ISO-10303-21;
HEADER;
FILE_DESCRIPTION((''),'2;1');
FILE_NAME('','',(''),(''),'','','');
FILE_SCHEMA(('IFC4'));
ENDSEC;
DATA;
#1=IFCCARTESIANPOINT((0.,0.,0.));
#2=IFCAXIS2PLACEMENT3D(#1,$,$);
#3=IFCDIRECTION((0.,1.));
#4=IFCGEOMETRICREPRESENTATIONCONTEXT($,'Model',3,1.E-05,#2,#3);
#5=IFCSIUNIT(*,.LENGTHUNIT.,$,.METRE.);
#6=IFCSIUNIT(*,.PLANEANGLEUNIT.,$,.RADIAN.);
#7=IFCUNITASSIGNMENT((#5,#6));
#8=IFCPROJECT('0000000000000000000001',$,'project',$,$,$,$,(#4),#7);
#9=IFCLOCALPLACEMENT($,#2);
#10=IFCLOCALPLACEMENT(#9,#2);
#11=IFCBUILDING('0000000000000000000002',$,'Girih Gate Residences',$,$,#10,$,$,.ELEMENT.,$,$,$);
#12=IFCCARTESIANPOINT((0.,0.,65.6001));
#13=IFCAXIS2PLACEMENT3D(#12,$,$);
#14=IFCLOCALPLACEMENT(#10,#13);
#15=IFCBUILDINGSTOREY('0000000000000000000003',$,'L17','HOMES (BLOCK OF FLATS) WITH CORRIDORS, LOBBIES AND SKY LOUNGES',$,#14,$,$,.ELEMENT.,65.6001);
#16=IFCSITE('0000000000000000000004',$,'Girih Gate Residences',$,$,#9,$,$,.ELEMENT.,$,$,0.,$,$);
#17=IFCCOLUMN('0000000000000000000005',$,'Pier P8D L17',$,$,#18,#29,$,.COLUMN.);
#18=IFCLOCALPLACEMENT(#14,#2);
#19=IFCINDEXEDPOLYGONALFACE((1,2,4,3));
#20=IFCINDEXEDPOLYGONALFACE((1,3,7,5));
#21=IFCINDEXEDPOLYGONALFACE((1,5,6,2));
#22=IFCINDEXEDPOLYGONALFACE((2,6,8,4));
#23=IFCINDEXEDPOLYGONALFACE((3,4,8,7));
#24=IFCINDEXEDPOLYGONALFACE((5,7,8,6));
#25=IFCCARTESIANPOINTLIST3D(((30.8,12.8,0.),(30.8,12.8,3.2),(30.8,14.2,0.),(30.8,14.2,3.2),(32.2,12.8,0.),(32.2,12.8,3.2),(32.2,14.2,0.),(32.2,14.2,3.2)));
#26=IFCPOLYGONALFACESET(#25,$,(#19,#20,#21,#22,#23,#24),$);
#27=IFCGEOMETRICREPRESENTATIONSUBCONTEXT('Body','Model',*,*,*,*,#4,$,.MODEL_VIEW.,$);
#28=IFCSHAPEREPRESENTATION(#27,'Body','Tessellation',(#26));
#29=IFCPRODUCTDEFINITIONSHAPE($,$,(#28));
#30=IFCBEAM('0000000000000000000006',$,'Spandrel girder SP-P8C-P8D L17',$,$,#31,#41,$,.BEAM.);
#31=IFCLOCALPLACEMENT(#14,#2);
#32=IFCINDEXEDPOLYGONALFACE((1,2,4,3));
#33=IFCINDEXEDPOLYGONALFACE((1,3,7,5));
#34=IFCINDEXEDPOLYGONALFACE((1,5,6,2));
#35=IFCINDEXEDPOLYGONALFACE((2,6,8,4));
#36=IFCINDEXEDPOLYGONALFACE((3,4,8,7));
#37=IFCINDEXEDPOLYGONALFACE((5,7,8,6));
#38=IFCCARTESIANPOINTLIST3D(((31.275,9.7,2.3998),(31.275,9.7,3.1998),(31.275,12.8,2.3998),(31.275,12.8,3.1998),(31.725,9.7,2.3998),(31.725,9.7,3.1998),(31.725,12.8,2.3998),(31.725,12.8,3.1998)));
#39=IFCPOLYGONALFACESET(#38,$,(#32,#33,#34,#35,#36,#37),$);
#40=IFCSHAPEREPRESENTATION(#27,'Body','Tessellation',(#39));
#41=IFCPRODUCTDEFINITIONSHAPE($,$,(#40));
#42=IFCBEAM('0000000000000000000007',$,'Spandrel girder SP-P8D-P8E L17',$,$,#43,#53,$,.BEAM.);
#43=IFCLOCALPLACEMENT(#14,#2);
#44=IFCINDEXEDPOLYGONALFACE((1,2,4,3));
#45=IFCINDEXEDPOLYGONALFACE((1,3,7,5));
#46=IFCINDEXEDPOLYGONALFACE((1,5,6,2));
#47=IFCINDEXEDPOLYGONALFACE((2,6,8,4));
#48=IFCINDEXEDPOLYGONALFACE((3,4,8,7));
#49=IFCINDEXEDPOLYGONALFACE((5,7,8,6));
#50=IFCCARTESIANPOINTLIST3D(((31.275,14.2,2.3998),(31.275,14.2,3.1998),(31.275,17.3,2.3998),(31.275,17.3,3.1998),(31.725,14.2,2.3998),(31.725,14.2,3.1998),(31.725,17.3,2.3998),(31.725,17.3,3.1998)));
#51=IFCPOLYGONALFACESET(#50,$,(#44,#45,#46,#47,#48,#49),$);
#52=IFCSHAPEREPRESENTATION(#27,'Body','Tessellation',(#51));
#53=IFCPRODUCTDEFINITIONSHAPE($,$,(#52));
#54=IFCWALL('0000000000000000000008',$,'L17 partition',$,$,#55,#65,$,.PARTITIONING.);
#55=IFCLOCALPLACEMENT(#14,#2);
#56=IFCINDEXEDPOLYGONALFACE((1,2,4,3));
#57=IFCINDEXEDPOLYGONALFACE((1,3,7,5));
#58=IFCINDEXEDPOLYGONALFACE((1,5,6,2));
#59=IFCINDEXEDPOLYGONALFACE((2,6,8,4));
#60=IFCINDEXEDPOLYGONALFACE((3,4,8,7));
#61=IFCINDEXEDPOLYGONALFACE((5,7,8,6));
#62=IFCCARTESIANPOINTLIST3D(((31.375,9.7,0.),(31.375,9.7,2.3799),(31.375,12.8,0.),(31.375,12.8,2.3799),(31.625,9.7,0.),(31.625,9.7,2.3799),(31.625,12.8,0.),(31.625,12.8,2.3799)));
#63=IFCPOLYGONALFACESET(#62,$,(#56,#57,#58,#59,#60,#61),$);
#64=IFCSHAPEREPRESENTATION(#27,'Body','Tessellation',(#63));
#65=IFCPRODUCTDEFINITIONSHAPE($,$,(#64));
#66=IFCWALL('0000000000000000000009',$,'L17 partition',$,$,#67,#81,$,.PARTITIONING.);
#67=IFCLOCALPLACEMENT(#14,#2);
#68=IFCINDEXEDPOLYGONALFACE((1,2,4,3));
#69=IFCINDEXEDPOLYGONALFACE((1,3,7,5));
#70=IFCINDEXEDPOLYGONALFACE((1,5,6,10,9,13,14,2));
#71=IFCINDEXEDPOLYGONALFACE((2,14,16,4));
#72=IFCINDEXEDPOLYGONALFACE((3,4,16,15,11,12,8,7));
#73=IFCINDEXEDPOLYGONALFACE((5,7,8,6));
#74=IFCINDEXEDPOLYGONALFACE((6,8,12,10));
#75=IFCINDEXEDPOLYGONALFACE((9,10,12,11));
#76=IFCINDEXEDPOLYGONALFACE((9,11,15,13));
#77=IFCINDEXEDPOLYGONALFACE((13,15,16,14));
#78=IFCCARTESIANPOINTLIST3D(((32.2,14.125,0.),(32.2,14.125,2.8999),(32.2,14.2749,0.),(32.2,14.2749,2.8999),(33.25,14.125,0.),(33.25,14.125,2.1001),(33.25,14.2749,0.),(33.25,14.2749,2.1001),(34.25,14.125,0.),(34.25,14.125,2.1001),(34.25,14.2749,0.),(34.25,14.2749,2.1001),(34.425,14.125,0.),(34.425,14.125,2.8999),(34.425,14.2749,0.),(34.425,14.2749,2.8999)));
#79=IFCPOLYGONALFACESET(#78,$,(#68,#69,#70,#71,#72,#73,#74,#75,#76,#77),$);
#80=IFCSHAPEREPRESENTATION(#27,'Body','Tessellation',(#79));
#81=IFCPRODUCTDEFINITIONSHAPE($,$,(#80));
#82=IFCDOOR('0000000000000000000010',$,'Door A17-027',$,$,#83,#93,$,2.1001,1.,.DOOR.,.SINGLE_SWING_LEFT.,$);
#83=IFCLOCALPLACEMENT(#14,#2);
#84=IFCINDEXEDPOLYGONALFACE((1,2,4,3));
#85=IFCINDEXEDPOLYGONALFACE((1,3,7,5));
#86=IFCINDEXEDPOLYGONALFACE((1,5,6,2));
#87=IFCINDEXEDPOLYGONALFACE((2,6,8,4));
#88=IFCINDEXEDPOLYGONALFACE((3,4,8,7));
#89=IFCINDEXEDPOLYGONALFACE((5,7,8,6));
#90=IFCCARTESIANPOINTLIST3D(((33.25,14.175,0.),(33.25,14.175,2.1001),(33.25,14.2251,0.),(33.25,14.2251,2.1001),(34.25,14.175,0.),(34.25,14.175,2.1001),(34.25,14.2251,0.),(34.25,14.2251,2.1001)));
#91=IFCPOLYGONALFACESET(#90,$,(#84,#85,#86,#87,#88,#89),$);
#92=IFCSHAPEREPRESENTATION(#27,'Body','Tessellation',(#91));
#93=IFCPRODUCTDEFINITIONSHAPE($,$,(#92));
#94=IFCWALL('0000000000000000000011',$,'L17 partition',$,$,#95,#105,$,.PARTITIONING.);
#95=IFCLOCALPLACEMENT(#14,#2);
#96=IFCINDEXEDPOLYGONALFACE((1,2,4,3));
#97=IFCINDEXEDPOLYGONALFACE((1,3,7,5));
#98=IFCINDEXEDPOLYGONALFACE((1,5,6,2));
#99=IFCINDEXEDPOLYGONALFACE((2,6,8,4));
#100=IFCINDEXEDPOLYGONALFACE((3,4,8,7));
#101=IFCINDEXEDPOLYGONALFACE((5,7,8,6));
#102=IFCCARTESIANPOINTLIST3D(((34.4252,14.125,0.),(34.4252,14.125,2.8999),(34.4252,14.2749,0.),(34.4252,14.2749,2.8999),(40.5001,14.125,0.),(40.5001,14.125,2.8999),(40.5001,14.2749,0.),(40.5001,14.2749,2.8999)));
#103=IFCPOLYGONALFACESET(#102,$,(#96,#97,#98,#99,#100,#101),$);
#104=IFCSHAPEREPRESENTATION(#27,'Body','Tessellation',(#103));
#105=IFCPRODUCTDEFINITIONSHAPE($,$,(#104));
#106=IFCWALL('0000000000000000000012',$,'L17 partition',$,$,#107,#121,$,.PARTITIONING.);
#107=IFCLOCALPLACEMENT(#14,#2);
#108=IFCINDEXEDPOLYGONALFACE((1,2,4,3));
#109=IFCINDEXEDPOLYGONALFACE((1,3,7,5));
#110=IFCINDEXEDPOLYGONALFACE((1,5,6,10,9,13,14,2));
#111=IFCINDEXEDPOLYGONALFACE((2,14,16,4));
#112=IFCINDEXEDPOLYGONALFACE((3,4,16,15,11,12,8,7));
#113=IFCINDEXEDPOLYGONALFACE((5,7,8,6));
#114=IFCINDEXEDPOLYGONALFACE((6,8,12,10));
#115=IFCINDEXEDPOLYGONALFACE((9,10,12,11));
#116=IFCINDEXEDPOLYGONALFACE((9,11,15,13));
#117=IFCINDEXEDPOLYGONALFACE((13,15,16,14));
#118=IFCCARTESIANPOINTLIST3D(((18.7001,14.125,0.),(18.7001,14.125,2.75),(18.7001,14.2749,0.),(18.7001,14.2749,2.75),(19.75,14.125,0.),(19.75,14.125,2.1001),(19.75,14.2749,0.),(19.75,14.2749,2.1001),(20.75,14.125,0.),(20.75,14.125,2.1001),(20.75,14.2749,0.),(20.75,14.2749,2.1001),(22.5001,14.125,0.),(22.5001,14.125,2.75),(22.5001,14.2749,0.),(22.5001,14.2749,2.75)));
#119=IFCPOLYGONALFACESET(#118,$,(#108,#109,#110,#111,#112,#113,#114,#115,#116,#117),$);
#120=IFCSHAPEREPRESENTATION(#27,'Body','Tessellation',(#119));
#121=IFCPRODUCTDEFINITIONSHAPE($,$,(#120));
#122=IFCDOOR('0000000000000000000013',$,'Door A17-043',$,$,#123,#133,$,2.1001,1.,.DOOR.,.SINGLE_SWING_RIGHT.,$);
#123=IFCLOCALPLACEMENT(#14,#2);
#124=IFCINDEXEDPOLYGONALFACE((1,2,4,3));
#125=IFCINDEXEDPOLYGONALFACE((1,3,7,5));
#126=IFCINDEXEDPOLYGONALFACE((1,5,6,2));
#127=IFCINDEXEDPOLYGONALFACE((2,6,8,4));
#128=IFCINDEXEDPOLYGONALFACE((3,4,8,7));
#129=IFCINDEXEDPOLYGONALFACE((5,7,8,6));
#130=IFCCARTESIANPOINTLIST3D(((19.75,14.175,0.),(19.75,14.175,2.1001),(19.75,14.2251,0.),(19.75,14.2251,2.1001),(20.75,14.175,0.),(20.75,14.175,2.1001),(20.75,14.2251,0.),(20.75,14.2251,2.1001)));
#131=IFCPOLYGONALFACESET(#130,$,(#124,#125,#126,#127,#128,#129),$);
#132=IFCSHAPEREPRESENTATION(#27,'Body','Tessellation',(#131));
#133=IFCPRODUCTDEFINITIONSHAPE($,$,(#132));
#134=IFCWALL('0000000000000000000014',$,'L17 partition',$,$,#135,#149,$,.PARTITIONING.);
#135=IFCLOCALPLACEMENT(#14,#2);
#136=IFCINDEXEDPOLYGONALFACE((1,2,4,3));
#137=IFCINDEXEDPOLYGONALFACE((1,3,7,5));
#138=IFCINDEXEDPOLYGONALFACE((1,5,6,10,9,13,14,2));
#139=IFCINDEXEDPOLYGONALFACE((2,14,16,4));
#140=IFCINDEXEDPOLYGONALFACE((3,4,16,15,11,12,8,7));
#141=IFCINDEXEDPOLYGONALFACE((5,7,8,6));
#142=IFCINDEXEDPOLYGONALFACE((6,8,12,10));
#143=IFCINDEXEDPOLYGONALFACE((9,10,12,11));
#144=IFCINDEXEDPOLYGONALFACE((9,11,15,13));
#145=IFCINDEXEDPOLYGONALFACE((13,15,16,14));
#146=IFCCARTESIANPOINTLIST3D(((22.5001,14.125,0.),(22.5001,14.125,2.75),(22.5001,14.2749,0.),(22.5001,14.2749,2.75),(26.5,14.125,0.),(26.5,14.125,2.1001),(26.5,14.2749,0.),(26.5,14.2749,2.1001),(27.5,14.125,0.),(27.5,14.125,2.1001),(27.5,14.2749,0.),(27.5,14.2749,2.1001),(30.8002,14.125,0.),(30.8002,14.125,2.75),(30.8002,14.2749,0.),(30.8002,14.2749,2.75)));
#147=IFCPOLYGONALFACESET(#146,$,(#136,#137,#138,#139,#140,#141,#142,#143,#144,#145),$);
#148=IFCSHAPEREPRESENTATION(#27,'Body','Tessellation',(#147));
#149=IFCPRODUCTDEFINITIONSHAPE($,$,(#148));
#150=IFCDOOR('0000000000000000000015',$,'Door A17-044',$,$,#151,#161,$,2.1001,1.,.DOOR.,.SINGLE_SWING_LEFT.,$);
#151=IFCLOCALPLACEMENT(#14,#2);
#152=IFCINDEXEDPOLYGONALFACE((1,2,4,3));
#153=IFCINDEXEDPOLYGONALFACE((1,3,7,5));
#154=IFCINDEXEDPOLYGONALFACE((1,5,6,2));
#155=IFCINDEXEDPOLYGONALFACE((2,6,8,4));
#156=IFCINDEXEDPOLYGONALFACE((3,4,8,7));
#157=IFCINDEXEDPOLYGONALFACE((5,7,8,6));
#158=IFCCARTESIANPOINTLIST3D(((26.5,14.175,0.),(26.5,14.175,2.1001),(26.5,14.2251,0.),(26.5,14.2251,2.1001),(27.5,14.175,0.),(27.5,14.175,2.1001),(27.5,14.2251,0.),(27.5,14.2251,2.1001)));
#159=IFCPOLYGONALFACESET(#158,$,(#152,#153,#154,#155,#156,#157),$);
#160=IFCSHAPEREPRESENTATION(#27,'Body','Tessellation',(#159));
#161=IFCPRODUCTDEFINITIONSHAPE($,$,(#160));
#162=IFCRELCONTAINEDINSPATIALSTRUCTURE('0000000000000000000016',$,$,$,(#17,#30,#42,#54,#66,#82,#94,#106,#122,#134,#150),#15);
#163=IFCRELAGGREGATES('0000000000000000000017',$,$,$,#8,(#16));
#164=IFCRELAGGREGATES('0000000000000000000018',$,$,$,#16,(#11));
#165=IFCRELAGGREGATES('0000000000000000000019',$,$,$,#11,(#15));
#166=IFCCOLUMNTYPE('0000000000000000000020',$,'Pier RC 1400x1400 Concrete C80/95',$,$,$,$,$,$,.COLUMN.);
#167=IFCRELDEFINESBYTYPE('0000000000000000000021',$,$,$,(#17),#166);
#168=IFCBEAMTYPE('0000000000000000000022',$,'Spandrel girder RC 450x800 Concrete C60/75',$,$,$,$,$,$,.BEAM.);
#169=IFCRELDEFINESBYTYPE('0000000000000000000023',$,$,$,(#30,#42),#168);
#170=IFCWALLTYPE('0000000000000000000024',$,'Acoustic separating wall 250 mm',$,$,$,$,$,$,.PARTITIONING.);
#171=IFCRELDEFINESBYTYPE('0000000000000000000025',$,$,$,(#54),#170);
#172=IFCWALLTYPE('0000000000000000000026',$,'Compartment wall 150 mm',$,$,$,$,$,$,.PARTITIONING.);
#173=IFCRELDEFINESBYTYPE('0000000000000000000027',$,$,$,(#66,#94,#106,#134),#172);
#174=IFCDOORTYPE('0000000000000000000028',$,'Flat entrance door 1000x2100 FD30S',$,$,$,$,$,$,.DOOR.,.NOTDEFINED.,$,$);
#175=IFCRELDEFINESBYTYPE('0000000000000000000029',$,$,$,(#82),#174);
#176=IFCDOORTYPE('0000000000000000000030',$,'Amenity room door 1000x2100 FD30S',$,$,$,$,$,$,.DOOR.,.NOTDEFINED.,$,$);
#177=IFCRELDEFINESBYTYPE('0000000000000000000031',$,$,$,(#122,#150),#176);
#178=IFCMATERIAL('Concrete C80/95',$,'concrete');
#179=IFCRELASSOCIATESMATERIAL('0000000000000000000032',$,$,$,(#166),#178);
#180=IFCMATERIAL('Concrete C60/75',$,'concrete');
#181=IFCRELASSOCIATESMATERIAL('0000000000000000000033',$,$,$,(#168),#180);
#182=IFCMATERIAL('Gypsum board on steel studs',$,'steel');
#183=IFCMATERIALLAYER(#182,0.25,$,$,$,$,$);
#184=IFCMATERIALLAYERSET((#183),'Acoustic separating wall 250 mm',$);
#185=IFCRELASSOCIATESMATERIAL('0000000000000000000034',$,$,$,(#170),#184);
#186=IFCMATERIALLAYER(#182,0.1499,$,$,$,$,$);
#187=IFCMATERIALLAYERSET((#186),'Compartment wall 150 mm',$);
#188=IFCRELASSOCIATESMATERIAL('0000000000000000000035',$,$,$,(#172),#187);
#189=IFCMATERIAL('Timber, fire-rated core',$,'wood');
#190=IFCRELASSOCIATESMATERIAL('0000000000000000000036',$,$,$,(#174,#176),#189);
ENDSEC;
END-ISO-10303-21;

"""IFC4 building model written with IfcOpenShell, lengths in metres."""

from ifc_helpers import new_model, si_unit, direction, frame, frame_2d, origin, origin_2d, place, context, subcontext, project, spatial, rectangle, extrude, material, layer, layer_set, material_profile, profile_set, type_object, element, fill, save


model = new_model("IFC4")

# Units and contexts
model_context = context("Model", 3, precision=1e-05, world=origin(), true_north=direction((0.0, 1.0)))
body_context = subcontext(model_context, "Body", "Model", "MODEL_VIEW")
ifc_project = project(units=[si_unit("LENGTHUNIT", "METRE"), si_unit("PLANEANGLEUNIT", "RADIAN")], contexts=[model_context])

# Site, building, storey
site_placement = place(None, origin())
site = spatial("IfcSite", under=ifc_project, at=site_placement, Name="Girih Gate Residences", CompositionType="ELEMENT", RefElevation=0.0)
building_placement = place(site_placement, origin())
building = spatial("IfcBuilding", under=site, at=building_placement, Name="Girih Gate Residences", CompositionType="ELEMENT")
storey_placement = place(building_placement, frame((0.0, 0.0, 65.6001)))
storey = spatial("IfcBuildingStorey", under=building, at=storey_placement, Name="L17", Description="HOMES (BLOCK OF FLATS) WITH CORRIDORS, LOBBIES AND SKY LOUNGES", CompositionType="ELEMENT", Elevation=65.6001)

# Column
ifc_material_1 = material(Name="Concrete C80/95", Category="concrete")
ifc_material_profile_1 = material_profile(ifc_material_1, rectangle(XDim=1.3999, YDim=1.3999, at=origin_2d()))
ifc_profile_set_1 = profile_set([ifc_material_profile_1], Name="Concrete C80/95")
column_type = type_object("IfcColumnType", Name="Pier RC 1400x1400 Concrete C80/95", PredefinedType="COLUMN", material=ifc_profile_set_1)
column_placement = place(storey_placement, frame((31.5, 13.5, 0.0), z_axis=(0.0, 0.0, 1.0), x_axis=(1.0, 0.0, 0.0)))
element("IfcColumn", 1, at=column_placement, inside=storey, type_object=column_type, Name="Pier P8D L17", PredefinedType="COLUMN", context=body_context, shape_type="SweptSolid", body=[
    extrude(rectangle(XDim=1.3999, YDim=1.3999, at=origin_2d()), origin(), (0.0, 0.0, 1.0), 3.2),
])

# Beams
ifc_material_2 = material(Name="Concrete C60/75", Category="concrete")
ifc_material_profile_2 = material_profile(ifc_material_2, rectangle(XDim=0.45, YDim=0.8, at=origin_2d()))
ifc_profile_set_2 = profile_set([ifc_material_profile_2], Name="Concrete C60/75")
beam_type = type_object("IfcBeamType", Name="Spandrel girder RC 450x800 Concrete C60/75", PredefinedType="BEAM", material=ifc_profile_set_2)
for number, where, z_axis, x_axis, name in (
    (2, (31.5, 9.7, 2.7998), (0.0, 1.0, 0.0), (-1.0, 0.0, 0.0), "Spandrel girder SP-P8C-P8D L17"),
    (3, (31.5, 14.2, 2.7998), (0.0, 1.0, 0.0), (-1.0, 0.0, 0.0), "Spandrel girder SP-P8D-P8E L17"),
):
    element("IfcBeam", number, at=place(storey_placement, frame(where, z_axis=z_axis, x_axis=x_axis)), inside=storey, type_object=beam_type, Name=name, PredefinedType="BEAM", context=body_context, shape_type="SweptSolid", body=[
        extrude(rectangle(XDim=0.45, YDim=0.8, at=origin_2d()), origin(), (0.0, 0.0, 1.0), 3.1001),
    ])

# Wall
ifc_material_3 = material(Name="Gypsum board on steel studs", Category="steel")
ifc_layer_1 = layer(ifc_material_3, 0.25)
ifc_layer_set_1 = layer_set([ifc_layer_1], Name="Acoustic separating wall 250 mm")
wall_type_1 = type_object("IfcWallType", Name="Acoustic separating wall 250 mm", PredefinedType="PARTITIONING", material=ifc_layer_set_1)
wall_1_placement = place(storey_placement, frame((31.5, 9.7, 0.0), z_axis=(0.0, 0.0, 1.0), x_axis=(0.0, 1.0, 0.0)))
element("IfcWall", 4, at=wall_1_placement, inside=storey, type_object=wall_type_1, Name="L17 partition", PredefinedType="PARTITIONING", context=body_context, shape_type="SweptSolid", body=[
    extrude(rectangle(XDim=3.1001, YDim=0.25, at=frame_2d((1.55, 0.0))), origin(), (0.0, 0.0, 1.0), 2.3799),
])

# Wall, opening, door
ifc_layer_2 = layer(ifc_material_3, 0.1499)
ifc_layer_set_2 = layer_set([ifc_layer_2], Name="Compartment wall 150 mm")
wall_type_2 = type_object("IfcWallType", Name="Compartment wall 150 mm", PredefinedType="PARTITIONING", material=ifc_layer_set_2)
wall_2_placement = place(storey_placement, frame((34.425, 14.2, 0.0), z_axis=(0.0, 0.0, 1.0), x_axis=(-1.0, 0.0, 0.0)))
wall_2 = element("IfcWall", 5, at=wall_2_placement, inside=storey, type_object=wall_type_2, Name="L17 partition", PredefinedType="PARTITIONING", context=body_context, shape_type="SweptSolid", body=[
    extrude(rectangle(XDim=2.2251, YDim=0.1499, at=frame_2d((1.1125, 0.0))), origin(), (0.0, 0.0, 1.0), 2.8999),
])
opening_1_placement = place(wall_2_placement, frame((0.175, 0.0, 0.0)))
opening_1 = element("IfcOpeningElement", 6, at=opening_1_placement, cuts=wall_2, PredefinedType="OPENING", context=body_context, shape_type="SweptSolid", body=[
    extrude(rectangle(XDim=1.0, YDim=2.1001, at=frame_2d((0.5, 1.05))), frame((0.0, 0.085, 0.0), z_axis=(0.0, -1.0, 0.0), x_axis=(1.0, 0.0, 0.0)), (0.0, 0.0, 1.0), 0.1699),
])
ifc_material_4 = material(Name="Timber, fire-rated core", Category="wood")
door_type_1 = type_object("IfcDoorType", Name="Flat entrance door 1000x2100 FD30S", OperationType="NOTDEFINED", PredefinedType="DOOR", material=ifc_material_4)
door_1_placement = place(opening_1_placement, origin())
door_1 = element("IfcDoor", 7, at=door_1_placement, inside=storey, type_object=door_type_1, Name="Door A17-027", OperationType="SINGLE_SWING_LEFT", OverallHeight=2.1001, OverallWidth=1.0, PredefinedType="DOOR", context=body_context, shape_type="SweptSolid", body=[
    extrude(rectangle(XDim=1.0, YDim=2.1001, at=frame_2d((0.5, 1.05))), frame((0.0, 0.0249, 0.0), z_axis=(0.0, -1.0, 0.0), x_axis=(1.0, 0.0, 0.0)), (0.0, 0.0, 1.0), 0.05),
])
fill(opening_1, door_1)

# Wall
wall_3_placement = place(storey_placement, frame((34.425, 14.2, 0.0), z_axis=(0.0, 0.0, 1.0), x_axis=(1.0, 0.0, 0.0)))
element("IfcWall", 8, at=wall_3_placement, inside=storey, type_object=wall_type_2, Name="L17 partition", PredefinedType="PARTITIONING", context=body_context, shape_type="SweptSolid", body=[
    extrude(rectangle(XDim=6.075, YDim=0.1499, at=frame_2d((3.0376, 0.0))), origin(), (0.0, 0.0, 1.0), 2.8999),
])

# Walls, openings, doors
wall_4_placement = place(storey_placement, frame((22.5, 14.2, 0.0), z_axis=(0.0, 0.0, 1.0), x_axis=(-1.0, 0.0, 0.0)))
wall_4 = element("IfcWall", 9, at=wall_4_placement, inside=storey, type_object=wall_type_2, Name="L17 partition", PredefinedType="PARTITIONING", context=body_context, shape_type="SweptSolid", body=[
    extrude(rectangle(XDim=3.8, YDim=0.1499, at=frame_2d((1.8999, 0.0))), origin(), (0.0, 0.0, 1.0), 2.75),
])
opening_2_placement = place(wall_4_placement, frame((1.75, 0.0, 0.0)))
opening_2 = element("IfcOpeningElement", 10, at=opening_2_placement, cuts=wall_4, PredefinedType="OPENING", context=body_context, shape_type="SweptSolid", body=[
    extrude(rectangle(XDim=1.0, YDim=2.1001, at=frame_2d((0.5, 1.05))), frame((0.0, 0.085, 0.0), z_axis=(0.0, -1.0, 0.0), x_axis=(1.0, 0.0, 0.0)), (0.0, 0.0, 1.0), 0.1699),
])
door_type_2 = type_object("IfcDoorType", Name="Amenity room door 1000x2100 FD30S", OperationType="NOTDEFINED", PredefinedType="DOOR", material=ifc_material_4)
door_2_placement = place(opening_2_placement, origin())
door_2 = element("IfcDoor", 11, at=door_2_placement, inside=storey, type_object=door_type_2, Name="Door A17-043", OperationType="SINGLE_SWING_RIGHT", OverallHeight=2.1001, OverallWidth=1.0, PredefinedType="DOOR", context=body_context, shape_type="SweptSolid", body=[
    extrude(rectangle(XDim=1.0, YDim=2.1001, at=frame_2d((0.5, 1.05))), frame((0.0, 0.0249, 0.0), z_axis=(0.0, -1.0, 0.0), x_axis=(1.0, 0.0, 0.0)), (0.0, 0.0, 1.0), 0.05),
])
fill(opening_2, door_2)
wall_5_placement = place(storey_placement, frame((30.8, 14.2, 0.0), z_axis=(0.0, 0.0, 1.0), x_axis=(-1.0, 0.0, 0.0)))
wall_5 = element("IfcWall", 12, at=wall_5_placement, inside=storey, type_object=wall_type_2, Name="L17 partition", PredefinedType="PARTITIONING", context=body_context, shape_type="SweptSolid", body=[
    extrude(rectangle(XDim=8.3, YDim=0.1499, at=frame_2d((4.1499, 0.0))), origin(), (0.0, 0.0, 1.0), 2.75),
])
opening_3_placement = place(wall_5_placement, frame((3.3, 0.0, 0.0)))
opening_3 = element("IfcOpeningElement", 13, at=opening_3_placement, cuts=wall_5, PredefinedType="OPENING", context=body_context, shape_type="SweptSolid", body=[
    extrude(rectangle(XDim=1.0, YDim=2.1001, at=frame_2d((0.5, 1.05))), frame((0.0, 0.085, 0.0), z_axis=(0.0, -1.0, 0.0), x_axis=(1.0, 0.0, 0.0)), (0.0, 0.0, 1.0), 0.1699),
])
door_3_placement = place(opening_3_placement, origin())
door_3 = element("IfcDoor", 14, at=door_3_placement, inside=storey, type_object=door_type_2, Name="Door A17-044", OperationType="SINGLE_SWING_LEFT", OverallHeight=2.1001, OverallWidth=1.0, PredefinedType="DOOR", context=body_context, shape_type="SweptSolid", body=[
    extrude(rectangle(XDim=1.0, YDim=2.1001, at=frame_2d((0.5, 1.05))), frame((0.0, 0.0249, 0.0), z_axis=(0.0, -1.0, 0.0), x_axis=(1.0, 0.0, 0.0)), (0.0, 0.0, 1.0), 0.05),
])
fill(opening_3, door_3)

save(model, "model.ifc")
